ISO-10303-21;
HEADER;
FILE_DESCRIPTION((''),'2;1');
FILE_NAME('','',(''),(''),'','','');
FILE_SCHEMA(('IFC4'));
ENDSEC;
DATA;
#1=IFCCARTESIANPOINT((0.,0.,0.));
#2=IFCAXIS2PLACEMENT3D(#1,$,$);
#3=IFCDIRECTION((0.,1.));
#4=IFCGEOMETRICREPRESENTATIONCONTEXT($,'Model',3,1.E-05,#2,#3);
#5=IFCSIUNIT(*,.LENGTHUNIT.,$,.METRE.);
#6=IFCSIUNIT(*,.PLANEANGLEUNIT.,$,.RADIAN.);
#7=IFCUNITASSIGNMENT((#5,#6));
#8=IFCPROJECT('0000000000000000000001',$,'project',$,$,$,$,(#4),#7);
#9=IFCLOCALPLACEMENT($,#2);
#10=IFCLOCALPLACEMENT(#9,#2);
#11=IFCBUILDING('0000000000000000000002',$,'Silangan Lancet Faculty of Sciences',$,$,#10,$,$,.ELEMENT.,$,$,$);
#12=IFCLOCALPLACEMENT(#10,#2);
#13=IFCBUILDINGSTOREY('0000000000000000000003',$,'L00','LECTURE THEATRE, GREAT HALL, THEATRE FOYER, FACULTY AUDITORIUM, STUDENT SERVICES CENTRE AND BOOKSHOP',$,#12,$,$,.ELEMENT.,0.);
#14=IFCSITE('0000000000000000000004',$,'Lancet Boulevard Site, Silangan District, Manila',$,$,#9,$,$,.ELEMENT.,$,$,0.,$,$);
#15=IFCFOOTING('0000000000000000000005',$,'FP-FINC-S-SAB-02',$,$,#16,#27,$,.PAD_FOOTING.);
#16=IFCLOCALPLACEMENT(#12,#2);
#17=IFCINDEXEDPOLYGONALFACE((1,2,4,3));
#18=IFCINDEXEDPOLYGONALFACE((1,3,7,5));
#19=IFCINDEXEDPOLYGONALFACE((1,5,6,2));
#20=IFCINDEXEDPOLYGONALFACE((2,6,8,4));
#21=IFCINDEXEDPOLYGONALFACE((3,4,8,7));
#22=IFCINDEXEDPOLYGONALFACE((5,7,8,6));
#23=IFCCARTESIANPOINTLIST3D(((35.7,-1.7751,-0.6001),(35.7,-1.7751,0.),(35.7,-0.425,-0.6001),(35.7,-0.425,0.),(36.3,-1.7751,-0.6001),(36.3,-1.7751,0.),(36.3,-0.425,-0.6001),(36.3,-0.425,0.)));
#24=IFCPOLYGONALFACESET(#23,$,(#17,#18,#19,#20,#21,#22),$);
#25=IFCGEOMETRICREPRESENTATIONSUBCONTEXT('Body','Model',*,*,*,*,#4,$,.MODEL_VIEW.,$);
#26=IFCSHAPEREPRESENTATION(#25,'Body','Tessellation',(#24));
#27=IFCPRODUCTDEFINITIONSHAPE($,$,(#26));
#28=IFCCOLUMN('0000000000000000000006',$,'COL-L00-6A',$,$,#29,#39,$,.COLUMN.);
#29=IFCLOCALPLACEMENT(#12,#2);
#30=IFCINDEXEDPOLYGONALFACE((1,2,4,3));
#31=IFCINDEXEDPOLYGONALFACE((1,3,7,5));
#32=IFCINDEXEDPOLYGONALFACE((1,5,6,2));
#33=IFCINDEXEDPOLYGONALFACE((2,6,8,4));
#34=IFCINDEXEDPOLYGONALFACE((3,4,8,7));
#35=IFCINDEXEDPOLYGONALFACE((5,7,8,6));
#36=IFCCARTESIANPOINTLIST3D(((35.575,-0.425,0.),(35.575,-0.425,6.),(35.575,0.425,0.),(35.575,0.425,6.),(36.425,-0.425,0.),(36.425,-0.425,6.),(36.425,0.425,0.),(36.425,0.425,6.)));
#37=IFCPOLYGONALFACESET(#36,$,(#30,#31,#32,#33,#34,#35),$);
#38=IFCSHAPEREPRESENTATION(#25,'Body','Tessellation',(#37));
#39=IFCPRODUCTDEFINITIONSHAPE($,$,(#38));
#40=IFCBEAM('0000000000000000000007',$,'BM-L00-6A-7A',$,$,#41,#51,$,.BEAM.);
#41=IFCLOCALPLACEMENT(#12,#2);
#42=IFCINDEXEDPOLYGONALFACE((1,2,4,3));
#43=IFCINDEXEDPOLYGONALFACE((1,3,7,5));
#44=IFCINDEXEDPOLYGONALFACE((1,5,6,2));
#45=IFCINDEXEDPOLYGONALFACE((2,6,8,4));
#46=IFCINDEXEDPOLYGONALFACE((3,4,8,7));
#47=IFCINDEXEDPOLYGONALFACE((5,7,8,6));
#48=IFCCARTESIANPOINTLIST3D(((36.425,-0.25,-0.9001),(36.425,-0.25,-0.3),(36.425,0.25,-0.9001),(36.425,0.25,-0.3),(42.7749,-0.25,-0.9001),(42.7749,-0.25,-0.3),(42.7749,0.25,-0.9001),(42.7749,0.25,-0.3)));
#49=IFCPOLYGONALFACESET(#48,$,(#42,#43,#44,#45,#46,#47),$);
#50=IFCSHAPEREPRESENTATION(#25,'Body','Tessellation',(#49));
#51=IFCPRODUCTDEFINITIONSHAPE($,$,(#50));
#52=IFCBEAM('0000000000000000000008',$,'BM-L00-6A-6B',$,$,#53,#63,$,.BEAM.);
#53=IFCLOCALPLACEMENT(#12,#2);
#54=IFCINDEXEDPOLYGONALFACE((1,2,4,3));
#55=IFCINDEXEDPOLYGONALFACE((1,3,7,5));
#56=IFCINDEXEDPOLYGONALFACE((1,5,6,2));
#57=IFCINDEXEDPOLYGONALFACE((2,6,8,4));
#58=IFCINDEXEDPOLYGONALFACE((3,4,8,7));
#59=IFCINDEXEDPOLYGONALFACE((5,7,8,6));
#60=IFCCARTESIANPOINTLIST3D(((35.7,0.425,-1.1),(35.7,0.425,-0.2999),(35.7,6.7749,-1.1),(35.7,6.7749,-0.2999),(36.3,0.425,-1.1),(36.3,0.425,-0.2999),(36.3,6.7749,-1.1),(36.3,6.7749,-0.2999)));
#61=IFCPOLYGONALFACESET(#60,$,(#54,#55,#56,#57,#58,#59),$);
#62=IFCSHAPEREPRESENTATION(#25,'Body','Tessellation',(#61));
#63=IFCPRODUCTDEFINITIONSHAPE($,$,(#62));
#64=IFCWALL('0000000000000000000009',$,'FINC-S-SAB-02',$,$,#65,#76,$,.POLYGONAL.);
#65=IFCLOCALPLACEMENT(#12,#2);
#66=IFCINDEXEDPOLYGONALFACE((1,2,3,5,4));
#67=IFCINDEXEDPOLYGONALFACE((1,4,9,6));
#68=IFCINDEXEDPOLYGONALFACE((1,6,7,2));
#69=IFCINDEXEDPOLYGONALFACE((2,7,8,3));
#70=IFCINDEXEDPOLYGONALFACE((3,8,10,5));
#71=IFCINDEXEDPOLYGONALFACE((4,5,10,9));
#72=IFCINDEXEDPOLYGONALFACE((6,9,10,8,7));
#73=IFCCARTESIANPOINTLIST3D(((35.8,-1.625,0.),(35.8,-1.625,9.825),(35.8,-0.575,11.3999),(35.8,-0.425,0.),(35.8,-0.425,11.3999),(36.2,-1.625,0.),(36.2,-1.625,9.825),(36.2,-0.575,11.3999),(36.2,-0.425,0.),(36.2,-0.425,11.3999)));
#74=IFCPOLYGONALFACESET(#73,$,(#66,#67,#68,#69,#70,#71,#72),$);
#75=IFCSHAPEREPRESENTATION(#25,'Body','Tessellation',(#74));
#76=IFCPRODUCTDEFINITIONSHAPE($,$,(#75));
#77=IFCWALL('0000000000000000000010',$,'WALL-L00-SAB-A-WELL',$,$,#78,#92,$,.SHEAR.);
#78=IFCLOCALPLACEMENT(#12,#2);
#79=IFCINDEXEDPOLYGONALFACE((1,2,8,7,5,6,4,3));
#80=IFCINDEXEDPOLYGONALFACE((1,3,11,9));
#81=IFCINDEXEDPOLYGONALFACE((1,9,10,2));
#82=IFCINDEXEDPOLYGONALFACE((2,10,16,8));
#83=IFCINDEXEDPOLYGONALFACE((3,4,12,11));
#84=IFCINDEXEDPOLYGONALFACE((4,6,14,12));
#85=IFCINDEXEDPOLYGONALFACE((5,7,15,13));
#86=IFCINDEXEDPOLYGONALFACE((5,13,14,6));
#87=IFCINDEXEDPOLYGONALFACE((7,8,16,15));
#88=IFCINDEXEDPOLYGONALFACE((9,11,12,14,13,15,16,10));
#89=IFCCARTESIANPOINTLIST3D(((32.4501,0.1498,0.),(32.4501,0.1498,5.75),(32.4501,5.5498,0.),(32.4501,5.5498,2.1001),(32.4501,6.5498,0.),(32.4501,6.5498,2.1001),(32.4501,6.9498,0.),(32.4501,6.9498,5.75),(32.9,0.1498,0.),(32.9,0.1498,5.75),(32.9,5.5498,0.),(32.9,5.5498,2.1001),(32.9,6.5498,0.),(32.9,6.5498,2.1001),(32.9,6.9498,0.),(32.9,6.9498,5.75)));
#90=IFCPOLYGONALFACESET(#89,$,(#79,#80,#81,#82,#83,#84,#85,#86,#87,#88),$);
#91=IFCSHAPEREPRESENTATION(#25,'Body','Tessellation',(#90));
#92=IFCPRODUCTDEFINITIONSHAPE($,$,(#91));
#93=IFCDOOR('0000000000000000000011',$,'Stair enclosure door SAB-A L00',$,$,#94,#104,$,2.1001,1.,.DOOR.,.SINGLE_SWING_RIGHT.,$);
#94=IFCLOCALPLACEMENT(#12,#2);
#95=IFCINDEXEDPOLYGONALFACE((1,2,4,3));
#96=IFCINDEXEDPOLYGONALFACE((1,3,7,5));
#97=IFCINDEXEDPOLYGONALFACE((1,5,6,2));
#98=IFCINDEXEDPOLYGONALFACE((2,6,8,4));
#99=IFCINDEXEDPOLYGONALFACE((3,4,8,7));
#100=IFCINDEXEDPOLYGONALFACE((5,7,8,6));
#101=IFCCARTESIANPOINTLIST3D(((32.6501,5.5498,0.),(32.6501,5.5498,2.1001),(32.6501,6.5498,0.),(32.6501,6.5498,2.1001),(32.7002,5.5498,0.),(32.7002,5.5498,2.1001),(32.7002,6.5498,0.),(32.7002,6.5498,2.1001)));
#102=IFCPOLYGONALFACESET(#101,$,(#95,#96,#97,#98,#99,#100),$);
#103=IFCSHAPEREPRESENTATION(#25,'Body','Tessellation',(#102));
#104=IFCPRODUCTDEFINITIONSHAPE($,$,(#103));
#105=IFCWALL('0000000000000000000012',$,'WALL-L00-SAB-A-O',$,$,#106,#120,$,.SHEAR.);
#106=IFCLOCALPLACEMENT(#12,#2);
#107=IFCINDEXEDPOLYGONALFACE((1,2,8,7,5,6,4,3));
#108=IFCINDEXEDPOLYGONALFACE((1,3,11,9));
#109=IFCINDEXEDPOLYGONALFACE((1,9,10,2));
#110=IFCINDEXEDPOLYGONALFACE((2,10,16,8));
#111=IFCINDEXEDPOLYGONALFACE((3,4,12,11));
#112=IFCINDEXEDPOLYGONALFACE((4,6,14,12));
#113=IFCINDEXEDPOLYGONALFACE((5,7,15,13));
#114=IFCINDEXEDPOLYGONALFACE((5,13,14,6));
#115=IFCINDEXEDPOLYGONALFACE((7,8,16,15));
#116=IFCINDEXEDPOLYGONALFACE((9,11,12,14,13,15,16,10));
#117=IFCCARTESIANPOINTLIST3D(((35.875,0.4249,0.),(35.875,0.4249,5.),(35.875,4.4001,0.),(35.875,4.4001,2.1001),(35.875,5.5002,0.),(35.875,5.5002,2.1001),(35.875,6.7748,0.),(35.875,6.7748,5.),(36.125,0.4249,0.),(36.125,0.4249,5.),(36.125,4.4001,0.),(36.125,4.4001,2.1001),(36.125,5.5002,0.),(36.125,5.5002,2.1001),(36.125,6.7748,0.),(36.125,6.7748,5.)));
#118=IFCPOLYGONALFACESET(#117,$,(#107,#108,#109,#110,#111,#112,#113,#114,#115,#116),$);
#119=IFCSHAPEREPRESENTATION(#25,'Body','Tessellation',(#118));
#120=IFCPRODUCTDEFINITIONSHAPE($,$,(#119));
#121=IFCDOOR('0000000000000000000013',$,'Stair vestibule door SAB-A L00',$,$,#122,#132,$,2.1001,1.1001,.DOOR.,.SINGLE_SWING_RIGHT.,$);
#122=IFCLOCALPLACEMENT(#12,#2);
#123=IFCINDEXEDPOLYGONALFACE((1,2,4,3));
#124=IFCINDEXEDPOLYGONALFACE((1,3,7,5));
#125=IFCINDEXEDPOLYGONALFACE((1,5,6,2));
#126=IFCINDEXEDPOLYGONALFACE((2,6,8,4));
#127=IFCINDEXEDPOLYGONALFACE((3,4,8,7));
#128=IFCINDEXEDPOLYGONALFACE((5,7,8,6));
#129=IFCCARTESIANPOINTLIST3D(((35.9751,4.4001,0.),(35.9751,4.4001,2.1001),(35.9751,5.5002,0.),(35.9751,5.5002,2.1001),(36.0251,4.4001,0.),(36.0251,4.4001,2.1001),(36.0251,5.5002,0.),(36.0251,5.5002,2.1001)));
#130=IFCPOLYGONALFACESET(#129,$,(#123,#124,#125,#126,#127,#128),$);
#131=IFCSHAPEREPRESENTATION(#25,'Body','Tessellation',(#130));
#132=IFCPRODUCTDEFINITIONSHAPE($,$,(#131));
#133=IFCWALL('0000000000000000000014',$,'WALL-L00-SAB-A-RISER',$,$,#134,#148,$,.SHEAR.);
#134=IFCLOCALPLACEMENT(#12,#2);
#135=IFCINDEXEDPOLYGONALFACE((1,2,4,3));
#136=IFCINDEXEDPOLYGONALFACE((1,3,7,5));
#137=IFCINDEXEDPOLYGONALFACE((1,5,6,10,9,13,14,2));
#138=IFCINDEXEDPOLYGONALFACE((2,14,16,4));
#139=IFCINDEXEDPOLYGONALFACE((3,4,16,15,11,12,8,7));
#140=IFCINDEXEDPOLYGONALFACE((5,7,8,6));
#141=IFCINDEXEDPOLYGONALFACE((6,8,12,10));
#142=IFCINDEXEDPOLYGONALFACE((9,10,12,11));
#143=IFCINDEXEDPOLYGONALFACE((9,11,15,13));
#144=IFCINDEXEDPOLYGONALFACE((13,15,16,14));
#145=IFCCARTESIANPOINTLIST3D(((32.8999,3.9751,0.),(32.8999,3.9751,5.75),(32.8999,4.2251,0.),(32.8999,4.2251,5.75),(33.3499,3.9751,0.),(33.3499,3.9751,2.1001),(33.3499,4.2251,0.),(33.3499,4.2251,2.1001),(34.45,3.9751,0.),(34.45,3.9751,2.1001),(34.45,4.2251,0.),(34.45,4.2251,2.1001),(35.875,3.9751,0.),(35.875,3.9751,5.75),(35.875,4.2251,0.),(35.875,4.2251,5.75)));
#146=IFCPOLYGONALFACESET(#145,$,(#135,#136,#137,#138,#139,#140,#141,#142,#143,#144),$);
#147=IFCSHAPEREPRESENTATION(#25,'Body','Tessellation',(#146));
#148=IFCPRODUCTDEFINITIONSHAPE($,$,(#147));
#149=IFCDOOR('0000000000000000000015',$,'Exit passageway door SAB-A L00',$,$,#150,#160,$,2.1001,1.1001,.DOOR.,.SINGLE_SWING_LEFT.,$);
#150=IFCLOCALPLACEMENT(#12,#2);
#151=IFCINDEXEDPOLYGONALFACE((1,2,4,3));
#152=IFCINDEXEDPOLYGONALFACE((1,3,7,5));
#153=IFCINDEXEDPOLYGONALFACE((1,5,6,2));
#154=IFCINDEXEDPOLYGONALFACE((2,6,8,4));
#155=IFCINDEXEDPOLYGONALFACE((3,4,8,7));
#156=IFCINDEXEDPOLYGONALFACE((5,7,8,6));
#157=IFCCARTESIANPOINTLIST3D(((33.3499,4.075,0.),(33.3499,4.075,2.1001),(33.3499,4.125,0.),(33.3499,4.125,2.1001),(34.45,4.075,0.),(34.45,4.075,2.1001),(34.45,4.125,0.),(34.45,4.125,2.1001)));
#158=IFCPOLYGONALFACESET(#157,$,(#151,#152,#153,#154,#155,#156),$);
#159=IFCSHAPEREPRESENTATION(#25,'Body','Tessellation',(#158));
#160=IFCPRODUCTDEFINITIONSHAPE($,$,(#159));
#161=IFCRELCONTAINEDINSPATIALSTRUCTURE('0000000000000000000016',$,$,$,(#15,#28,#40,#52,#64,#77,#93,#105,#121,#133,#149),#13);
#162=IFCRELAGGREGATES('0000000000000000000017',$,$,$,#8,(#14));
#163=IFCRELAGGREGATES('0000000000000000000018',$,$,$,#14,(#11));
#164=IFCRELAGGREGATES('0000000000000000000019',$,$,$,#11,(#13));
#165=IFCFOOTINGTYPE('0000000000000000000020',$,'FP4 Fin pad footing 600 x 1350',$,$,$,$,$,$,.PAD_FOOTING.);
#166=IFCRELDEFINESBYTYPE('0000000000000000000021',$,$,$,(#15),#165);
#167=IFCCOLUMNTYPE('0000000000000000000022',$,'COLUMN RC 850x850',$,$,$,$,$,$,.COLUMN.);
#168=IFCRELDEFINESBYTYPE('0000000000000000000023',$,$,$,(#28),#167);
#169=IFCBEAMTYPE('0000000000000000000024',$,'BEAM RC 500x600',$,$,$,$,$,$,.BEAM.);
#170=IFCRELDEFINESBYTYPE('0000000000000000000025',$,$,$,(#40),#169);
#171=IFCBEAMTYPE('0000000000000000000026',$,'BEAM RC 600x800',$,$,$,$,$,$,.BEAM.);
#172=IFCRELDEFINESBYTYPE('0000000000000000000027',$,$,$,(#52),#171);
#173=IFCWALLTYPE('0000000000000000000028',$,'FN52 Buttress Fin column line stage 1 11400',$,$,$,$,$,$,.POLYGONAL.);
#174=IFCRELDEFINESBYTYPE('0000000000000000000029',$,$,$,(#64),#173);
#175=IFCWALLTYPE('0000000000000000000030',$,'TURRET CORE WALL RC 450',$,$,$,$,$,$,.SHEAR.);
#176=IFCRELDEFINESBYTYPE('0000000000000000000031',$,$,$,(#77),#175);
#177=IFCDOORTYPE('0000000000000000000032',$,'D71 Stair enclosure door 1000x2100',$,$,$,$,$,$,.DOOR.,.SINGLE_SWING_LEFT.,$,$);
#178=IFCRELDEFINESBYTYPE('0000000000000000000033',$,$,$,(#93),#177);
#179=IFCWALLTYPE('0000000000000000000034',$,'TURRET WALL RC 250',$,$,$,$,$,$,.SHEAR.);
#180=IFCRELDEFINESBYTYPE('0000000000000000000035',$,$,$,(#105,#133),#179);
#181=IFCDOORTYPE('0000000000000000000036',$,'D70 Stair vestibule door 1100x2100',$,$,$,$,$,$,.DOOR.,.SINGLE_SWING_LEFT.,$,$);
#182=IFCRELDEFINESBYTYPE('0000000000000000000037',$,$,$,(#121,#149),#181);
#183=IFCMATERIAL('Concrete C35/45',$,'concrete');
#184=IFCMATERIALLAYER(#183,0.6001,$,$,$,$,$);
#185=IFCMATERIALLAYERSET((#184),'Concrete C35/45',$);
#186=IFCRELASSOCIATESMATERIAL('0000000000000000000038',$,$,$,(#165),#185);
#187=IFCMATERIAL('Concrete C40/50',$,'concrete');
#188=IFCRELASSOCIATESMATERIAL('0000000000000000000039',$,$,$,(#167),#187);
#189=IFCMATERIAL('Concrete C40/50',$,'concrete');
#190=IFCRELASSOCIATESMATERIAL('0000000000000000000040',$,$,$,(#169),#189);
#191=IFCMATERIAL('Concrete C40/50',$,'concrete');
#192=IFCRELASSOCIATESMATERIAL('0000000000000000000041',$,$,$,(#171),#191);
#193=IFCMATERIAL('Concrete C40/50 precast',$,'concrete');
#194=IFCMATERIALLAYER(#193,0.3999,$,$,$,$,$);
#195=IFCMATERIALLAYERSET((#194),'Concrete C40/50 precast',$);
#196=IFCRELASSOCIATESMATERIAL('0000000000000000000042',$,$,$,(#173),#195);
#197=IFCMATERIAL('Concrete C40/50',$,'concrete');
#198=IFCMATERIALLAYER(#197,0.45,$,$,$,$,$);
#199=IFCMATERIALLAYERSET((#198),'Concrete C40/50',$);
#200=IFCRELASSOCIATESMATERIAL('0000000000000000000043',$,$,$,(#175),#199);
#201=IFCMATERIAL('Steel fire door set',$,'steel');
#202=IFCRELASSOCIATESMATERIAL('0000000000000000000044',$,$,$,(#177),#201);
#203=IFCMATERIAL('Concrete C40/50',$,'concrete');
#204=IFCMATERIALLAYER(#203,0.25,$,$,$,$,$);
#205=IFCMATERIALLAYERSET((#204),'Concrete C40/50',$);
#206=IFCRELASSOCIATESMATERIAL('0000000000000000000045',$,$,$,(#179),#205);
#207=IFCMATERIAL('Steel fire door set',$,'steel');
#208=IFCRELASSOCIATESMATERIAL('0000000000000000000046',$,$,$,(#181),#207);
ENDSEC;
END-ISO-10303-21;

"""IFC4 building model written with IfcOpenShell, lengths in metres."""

from ifc_helpers import new_model, si_unit, direction, frame, frame_2d, origin, origin_2d, place, context, subcontext, project, spatial, polyline, rectangle, outline, extrude, material, layer, layer_set, material_profile, profile_set, type_object, element, fill, save


model = new_model("IFC4")

# Units and contexts
model_context = context("Model", 3, precision=1e-05, world=origin(), true_north=direction((0.0, 1.0)))
body_context = subcontext(model_context, "Body", "Model", "MODEL_VIEW")
ifc_project = project(units=[si_unit("LENGTHUNIT", "METRE"), si_unit("PLANEANGLEUNIT", "RADIAN")], contexts=[model_context])

# Site, building, storey
site_placement = place(None, origin())
site = spatial("IfcSite", under=ifc_project, at=site_placement, Name="Lancet Boulevard Site, Silangan District, Manila", CompositionType="ELEMENT", RefElevation=0.0)
building_placement = place(site_placement, origin())
building = spatial("IfcBuilding", under=site, at=building_placement, Name="Silangan Lancet Faculty of Sciences", CompositionType="ELEMENT")
storey_placement = place(building_placement, origin())
storey = spatial("IfcBuildingStorey", under=building, at=storey_placement, Name="L00", Description="LECTURE THEATRE, GREAT HALL, THEATRE FOYER, FACULTY AUDITORIUM, STUDENT SERVICES CENTRE AND BOOKSHOP", CompositionType="ELEMENT", Elevation=0.0)

# Footing
ifc_material_1 = material(Name="Concrete C35/45", Category="concrete")
ifc_layer_1 = layer(ifc_material_1, 0.6001)
ifc_layer_set_1 = layer_set([ifc_layer_1], Name="Concrete C35/45")
footing_type = type_object("IfcFootingType", Name="FP4 Fin pad footing 600 x 1350", PredefinedType="PAD_FOOTING", material=ifc_layer_set_1)
footing_placement = place(storey_placement, frame((36.0, -1.1001, -0.6001), z_axis=(0.0, 0.0, 1.0), x_axis=(1.0, 0.0, 0.0)))
element("IfcFooting", 1, at=footing_placement, inside=storey, type_object=footing_type, Name="FP-FINC-S-SAB-02", PredefinedType="PAD_FOOTING", context=body_context, shape_type="SweptSolid", body=[
    extrude(rectangle(XDim=0.6001, YDim=1.3501, at=origin_2d()), origin(), (0.0, 0.0, 1.0), 0.6001),
])

# Column
ifc_material_2 = material(Name="Concrete C40/50", Category="concrete")
ifc_material_profile_1 = material_profile(ifc_material_2, rectangle(XDim=0.8501, YDim=0.8501, at=origin_2d()), Name="RC 850x850")
ifc_profile_set_1 = profile_set([ifc_material_profile_1], Name="Concrete C40/50")
column_type = type_object("IfcColumnType", Name="COLUMN RC 850x850", PredefinedType="COLUMN", material=ifc_profile_set_1)
column_placement = place(storey_placement, frame((36.0, 0.0, 0.0), z_axis=(0.0, 0.0, 1.0), x_axis=(1.0, 0.0, 0.0)))
element("IfcColumn", 2, at=column_placement, inside=storey, type_object=column_type, Name="COL-L00-6A", PredefinedType="COLUMN", context=body_context, shape_type="SweptSolid", body=[
    extrude(rectangle(XDim=0.8501, YDim=0.8501, at=origin_2d()), origin(), (0.0, 0.0, 1.0), 6.0),
])

# Beams
ifc_material_3 = material(Name="Concrete C40/50", Category="concrete")
ifc_material_profile_2 = material_profile(ifc_material_3, rectangle(XDim=0.5, YDim=0.6001, at=origin_2d()), Name="RC 500x600")
ifc_profile_set_2 = profile_set([ifc_material_profile_2], Name="Concrete C40/50")
beam_type_1 = type_object("IfcBeamType", Name="BEAM RC 500x600", PredefinedType="BEAM", material=ifc_profile_set_2)
beam_1_placement = place(storey_placement, frame((36.425, 0.0, -0.6001), z_axis=(1.0, 0.0, 0.0), x_axis=(0.0, 1.0, 0.0)))
element("IfcBeam", 3, at=beam_1_placement, inside=storey, type_object=beam_type_1, Name="BM-L00-6A-7A", PredefinedType="BEAM", context=body_context, shape_type="SweptSolid", body=[
    extrude(rectangle(XDim=0.5, YDim=0.6001, at=origin_2d()), origin(), (0.0, 0.0, 1.0), 6.3499),
])
ifc_material_4 = material(Name="Concrete C40/50", Category="concrete")
ifc_material_profile_3 = material_profile(ifc_material_4, rectangle(XDim=0.6001, YDim=0.8, at=origin_2d()), Name="RC 600x800")
ifc_profile_set_3 = profile_set([ifc_material_profile_3], Name="Concrete C40/50")
beam_type_2 = type_object("IfcBeamType", Name="BEAM RC 600x800", PredefinedType="BEAM", material=ifc_profile_set_3)
beam_2_placement = place(storey_placement, frame((36.0, 0.425, -0.7), z_axis=(0.0, 1.0, 0.0), x_axis=(-1.0, 0.0, 0.0)))
element("IfcBeam", 4, at=beam_2_placement, inside=storey, type_object=beam_type_2, Name="BM-L00-6A-6B", PredefinedType="BEAM", context=body_context, shape_type="SweptSolid", body=[
    extrude(rectangle(XDim=0.6001, YDim=0.8, at=origin_2d()), origin(), (0.0, 0.0, 1.0), 6.3499),
])

# Wall
ifc_material_5 = material(Name="Concrete C40/50 precast", Category="concrete")
ifc_layer_2 = layer(ifc_material_5, 0.3999)
ifc_layer_set_2 = layer_set([ifc_layer_2], Name="Concrete C40/50 precast")
wall_type_1 = type_object("IfcWallType", Name="FN52 Buttress Fin column line stage 1 11400", PredefinedType="POLYGONAL", material=ifc_layer_set_2)
wall_1_placement = place(storey_placement, frame((36.0, -0.425, 0.0), z_axis=(0.0, 0.0, 1.0), x_axis=(0.0, -1.0, 0.0)))
element("IfcWall", 5, at=wall_1_placement, inside=storey, type_object=wall_type_1, Name="FINC-S-SAB-02", PredefinedType="POLYGONAL", context=body_context, shape_type="SweptSolid", body=[
    extrude(outline(polyline([(1.2, 0.0), (1.2, 9.825), (0.1499, 11.3999), (0.0, 11.3999), (0.0, 0.0), (1.2, 0.0)])), frame((0.0, 0.2, 0.0), z_axis=(0.0, -1.0, 0.0), x_axis=(1.0, 0.0, 0.0)), (0.0, 0.0, 1.0), 0.3999),
])

# Walls, openings, doors
ifc_material_6 = material(Name="Concrete C40/50", Category="concrete")
ifc_layer_3 = layer(ifc_material_6, 0.45)
ifc_layer_set_3 = layer_set([ifc_layer_3], Name="Concrete C40/50")
wall_type_2 = type_object("IfcWallType", Name="TURRET CORE WALL RC 450", PredefinedType="SHEAR", material=ifc_layer_set_3)
wall_2_placement = place(storey_placement, frame((32.675, 0.1499, 0.0), z_axis=(0.0, 0.0, 1.0), x_axis=(0.0, 1.0, 0.0)))
wall_2 = element("IfcWall", 6, at=wall_2_placement, inside=storey, type_object=wall_type_2, Name="WALL-L00-SAB-A-WELL", PredefinedType="SHEAR", context=body_context, shape_type="SweptSolid", body=[
    extrude(rectangle(XDim=6.8, YDim=0.45, at=frame_2d((3.3999, 0.0))), origin(), (0.0, 0.0, 1.0), 5.75),
])
opening_1_placement = place(wall_2_placement, frame((5.3999, 0.0, 0.0)))
opening_1 = element("IfcOpeningElement", 7, at=opening_1_placement, cuts=wall_2, PredefinedType="OPENING", context=body_context, shape_type="SweptSolid", body=[
    extrude(rectangle(XDim=1.0, YDim=2.1001, at=frame_2d((0.5, 1.05))), frame((0.0, 0.2349, 0.0), z_axis=(0.0, -1.0, 0.0), x_axis=(1.0, 0.0, 0.0)), (0.0, 0.0, 1.0), 0.47),
])
ifc_material_7 = material(Name="Steel fire door set", Category="steel")
door_type_1 = type_object("IfcDoorType", Name="D71 Stair enclosure door 1000x2100", OperationType="SINGLE_SWING_LEFT", PredefinedType="DOOR", material=ifc_material_7)
door_1_placement = place(opening_1_placement, origin())
door_1 = element("IfcDoor", 8, at=door_1_placement, inside=storey, type_object=door_type_1, Name="Stair enclosure door SAB-A L00", OperationType="SINGLE_SWING_RIGHT", OverallHeight=2.1001, OverallWidth=1.0, PredefinedType="DOOR", context=body_context, shape_type="SweptSolid", body=[
    extrude(rectangle(XDim=1.0, YDim=2.1001, at=frame_2d((0.5, 1.05))), frame((0.0, 0.0249, 0.0), z_axis=(0.0, -1.0, 0.0), x_axis=(1.0, 0.0, 0.0)), (0.0, 0.0, 1.0), 0.05),
])
fill(opening_1, door_1)
ifc_material_8 = material(Name="Concrete C40/50", Category="concrete")
ifc_layer_4 = layer(ifc_material_8, 0.25)
ifc_layer_set_4 = layer_set([ifc_layer_4], Name="Concrete C40/50")
wall_type_3 = type_object("IfcWallType", Name="TURRET WALL RC 250", PredefinedType="SHEAR", material=ifc_layer_set_4)
wall_3_placement = place(storey_placement, frame((36.0, 0.425, 0.0), z_axis=(0.0, 0.0, 1.0), x_axis=(0.0, 1.0, 0.0)))
wall_3 = element("IfcWall", 9, at=wall_3_placement, inside=storey, type_object=wall_type_3, Name="WALL-L00-SAB-A-O", PredefinedType="SHEAR", context=body_context, shape_type="SweptSolid", body=[
    extrude(rectangle(XDim=6.3499, YDim=0.25, at=frame_2d((3.1748, 0.0))), origin(), (0.0, 0.0, 1.0), 5.0),
])
opening_2_placement = place(wall_3_placement, frame((3.9751, 0.0, 0.0)))
opening_2 = element("IfcOpeningElement", 10, at=opening_2_placement, cuts=wall_3, PredefinedType="OPENING", context=body_context, shape_type="SweptSolid", body=[
    extrude(rectangle(XDim=1.1001, YDim=2.1001, at=frame_2d((0.55, 1.05))), frame((0.0, 0.135, 0.0), z_axis=(0.0, -1.0, 0.0), x_axis=(1.0, 0.0, 0.0)), (0.0, 0.0, 1.0), 0.27),
])
ifc_material_9 = material(Name="Steel fire door set", Category="steel")
door_type_2 = type_object("IfcDoorType", Name="D70 Stair vestibule door 1100x2100", OperationType="SINGLE_SWING_LEFT", PredefinedType="DOOR", material=ifc_material_9)
door_2_placement = place(opening_2_placement, origin())
door_2 = element("IfcDoor", 11, at=door_2_placement, inside=storey, type_object=door_type_2, Name="Stair vestibule door SAB-A L00", OperationType="SINGLE_SWING_RIGHT", OverallHeight=2.1001, OverallWidth=1.1001, PredefinedType="DOOR", context=body_context, shape_type="SweptSolid", body=[
    extrude(rectangle(XDim=1.1001, YDim=2.1001, at=frame_2d((0.55, 1.05))), frame((0.0, 0.0249, 0.0), z_axis=(0.0, -1.0, 0.0), x_axis=(1.0, 0.0, 0.0)), (0.0, 0.0, 1.0), 0.05),
])
fill(opening_2, door_2)
wall_4_placement = place(storey_placement, frame((32.8999, 4.1001, 0.0), z_axis=(0.0, 0.0, 1.0), x_axis=(1.0, 0.0, 0.0)))
wall_4 = element("IfcWall", 12, at=wall_4_placement, inside=storey, type_object=wall_type_3, Name="WALL-L00-SAB-A-RISER", PredefinedType="SHEAR", context=body_context, shape_type="SweptSolid", body=[
    extrude(rectangle(XDim=2.9751, YDim=0.25, at=frame_2d((1.4875, 0.0))), origin(), (0.0, 0.0, 1.0), 5.75),
])
opening_3_placement = place(wall_4_placement, frame((0.45, 0.0, 0.0)))
opening_3 = element("IfcOpeningElement", 13, at=opening_3_placement, cuts=wall_4, PredefinedType="OPENING", context=body_context, shape_type="SweptSolid", body=[
    extrude(rectangle(XDim=1.1001, YDim=2.1001, at=frame_2d((0.55, 1.05))), frame((0.0, 0.135, 0.0), z_axis=(0.0, -1.0, 0.0), x_axis=(1.0, 0.0, 0.0)), (0.0, 0.0, 1.0), 0.27),
])
door_3_placement = place(opening_3_placement, frame((1.1001, 0.0, 0.0), z_axis=(0.0, 0.0, 1.0), x_axis=(-1.0, 0.0, 0.0)))
door_3 = element("IfcDoor", 14, at=door_3_placement, inside=storey, type_object=door_type_2, Name="Exit passageway door SAB-A L00", OperationType="SINGLE_SWING_LEFT", OverallHeight=2.1001, OverallWidth=1.1001, PredefinedType="DOOR", context=body_context, shape_type="SweptSolid", body=[
    extrude(rectangle(XDim=1.1001, YDim=2.1001, at=frame_2d((0.55, 1.05))), frame((0.0, 0.0251, 0.0), z_axis=(0.0, -1.0, 0.0), x_axis=(1.0, 0.0, 0.0)), (0.0, 0.0, 1.0), 0.05),
])
fill(opening_3, door_3)

save(model, "model.ifc")
